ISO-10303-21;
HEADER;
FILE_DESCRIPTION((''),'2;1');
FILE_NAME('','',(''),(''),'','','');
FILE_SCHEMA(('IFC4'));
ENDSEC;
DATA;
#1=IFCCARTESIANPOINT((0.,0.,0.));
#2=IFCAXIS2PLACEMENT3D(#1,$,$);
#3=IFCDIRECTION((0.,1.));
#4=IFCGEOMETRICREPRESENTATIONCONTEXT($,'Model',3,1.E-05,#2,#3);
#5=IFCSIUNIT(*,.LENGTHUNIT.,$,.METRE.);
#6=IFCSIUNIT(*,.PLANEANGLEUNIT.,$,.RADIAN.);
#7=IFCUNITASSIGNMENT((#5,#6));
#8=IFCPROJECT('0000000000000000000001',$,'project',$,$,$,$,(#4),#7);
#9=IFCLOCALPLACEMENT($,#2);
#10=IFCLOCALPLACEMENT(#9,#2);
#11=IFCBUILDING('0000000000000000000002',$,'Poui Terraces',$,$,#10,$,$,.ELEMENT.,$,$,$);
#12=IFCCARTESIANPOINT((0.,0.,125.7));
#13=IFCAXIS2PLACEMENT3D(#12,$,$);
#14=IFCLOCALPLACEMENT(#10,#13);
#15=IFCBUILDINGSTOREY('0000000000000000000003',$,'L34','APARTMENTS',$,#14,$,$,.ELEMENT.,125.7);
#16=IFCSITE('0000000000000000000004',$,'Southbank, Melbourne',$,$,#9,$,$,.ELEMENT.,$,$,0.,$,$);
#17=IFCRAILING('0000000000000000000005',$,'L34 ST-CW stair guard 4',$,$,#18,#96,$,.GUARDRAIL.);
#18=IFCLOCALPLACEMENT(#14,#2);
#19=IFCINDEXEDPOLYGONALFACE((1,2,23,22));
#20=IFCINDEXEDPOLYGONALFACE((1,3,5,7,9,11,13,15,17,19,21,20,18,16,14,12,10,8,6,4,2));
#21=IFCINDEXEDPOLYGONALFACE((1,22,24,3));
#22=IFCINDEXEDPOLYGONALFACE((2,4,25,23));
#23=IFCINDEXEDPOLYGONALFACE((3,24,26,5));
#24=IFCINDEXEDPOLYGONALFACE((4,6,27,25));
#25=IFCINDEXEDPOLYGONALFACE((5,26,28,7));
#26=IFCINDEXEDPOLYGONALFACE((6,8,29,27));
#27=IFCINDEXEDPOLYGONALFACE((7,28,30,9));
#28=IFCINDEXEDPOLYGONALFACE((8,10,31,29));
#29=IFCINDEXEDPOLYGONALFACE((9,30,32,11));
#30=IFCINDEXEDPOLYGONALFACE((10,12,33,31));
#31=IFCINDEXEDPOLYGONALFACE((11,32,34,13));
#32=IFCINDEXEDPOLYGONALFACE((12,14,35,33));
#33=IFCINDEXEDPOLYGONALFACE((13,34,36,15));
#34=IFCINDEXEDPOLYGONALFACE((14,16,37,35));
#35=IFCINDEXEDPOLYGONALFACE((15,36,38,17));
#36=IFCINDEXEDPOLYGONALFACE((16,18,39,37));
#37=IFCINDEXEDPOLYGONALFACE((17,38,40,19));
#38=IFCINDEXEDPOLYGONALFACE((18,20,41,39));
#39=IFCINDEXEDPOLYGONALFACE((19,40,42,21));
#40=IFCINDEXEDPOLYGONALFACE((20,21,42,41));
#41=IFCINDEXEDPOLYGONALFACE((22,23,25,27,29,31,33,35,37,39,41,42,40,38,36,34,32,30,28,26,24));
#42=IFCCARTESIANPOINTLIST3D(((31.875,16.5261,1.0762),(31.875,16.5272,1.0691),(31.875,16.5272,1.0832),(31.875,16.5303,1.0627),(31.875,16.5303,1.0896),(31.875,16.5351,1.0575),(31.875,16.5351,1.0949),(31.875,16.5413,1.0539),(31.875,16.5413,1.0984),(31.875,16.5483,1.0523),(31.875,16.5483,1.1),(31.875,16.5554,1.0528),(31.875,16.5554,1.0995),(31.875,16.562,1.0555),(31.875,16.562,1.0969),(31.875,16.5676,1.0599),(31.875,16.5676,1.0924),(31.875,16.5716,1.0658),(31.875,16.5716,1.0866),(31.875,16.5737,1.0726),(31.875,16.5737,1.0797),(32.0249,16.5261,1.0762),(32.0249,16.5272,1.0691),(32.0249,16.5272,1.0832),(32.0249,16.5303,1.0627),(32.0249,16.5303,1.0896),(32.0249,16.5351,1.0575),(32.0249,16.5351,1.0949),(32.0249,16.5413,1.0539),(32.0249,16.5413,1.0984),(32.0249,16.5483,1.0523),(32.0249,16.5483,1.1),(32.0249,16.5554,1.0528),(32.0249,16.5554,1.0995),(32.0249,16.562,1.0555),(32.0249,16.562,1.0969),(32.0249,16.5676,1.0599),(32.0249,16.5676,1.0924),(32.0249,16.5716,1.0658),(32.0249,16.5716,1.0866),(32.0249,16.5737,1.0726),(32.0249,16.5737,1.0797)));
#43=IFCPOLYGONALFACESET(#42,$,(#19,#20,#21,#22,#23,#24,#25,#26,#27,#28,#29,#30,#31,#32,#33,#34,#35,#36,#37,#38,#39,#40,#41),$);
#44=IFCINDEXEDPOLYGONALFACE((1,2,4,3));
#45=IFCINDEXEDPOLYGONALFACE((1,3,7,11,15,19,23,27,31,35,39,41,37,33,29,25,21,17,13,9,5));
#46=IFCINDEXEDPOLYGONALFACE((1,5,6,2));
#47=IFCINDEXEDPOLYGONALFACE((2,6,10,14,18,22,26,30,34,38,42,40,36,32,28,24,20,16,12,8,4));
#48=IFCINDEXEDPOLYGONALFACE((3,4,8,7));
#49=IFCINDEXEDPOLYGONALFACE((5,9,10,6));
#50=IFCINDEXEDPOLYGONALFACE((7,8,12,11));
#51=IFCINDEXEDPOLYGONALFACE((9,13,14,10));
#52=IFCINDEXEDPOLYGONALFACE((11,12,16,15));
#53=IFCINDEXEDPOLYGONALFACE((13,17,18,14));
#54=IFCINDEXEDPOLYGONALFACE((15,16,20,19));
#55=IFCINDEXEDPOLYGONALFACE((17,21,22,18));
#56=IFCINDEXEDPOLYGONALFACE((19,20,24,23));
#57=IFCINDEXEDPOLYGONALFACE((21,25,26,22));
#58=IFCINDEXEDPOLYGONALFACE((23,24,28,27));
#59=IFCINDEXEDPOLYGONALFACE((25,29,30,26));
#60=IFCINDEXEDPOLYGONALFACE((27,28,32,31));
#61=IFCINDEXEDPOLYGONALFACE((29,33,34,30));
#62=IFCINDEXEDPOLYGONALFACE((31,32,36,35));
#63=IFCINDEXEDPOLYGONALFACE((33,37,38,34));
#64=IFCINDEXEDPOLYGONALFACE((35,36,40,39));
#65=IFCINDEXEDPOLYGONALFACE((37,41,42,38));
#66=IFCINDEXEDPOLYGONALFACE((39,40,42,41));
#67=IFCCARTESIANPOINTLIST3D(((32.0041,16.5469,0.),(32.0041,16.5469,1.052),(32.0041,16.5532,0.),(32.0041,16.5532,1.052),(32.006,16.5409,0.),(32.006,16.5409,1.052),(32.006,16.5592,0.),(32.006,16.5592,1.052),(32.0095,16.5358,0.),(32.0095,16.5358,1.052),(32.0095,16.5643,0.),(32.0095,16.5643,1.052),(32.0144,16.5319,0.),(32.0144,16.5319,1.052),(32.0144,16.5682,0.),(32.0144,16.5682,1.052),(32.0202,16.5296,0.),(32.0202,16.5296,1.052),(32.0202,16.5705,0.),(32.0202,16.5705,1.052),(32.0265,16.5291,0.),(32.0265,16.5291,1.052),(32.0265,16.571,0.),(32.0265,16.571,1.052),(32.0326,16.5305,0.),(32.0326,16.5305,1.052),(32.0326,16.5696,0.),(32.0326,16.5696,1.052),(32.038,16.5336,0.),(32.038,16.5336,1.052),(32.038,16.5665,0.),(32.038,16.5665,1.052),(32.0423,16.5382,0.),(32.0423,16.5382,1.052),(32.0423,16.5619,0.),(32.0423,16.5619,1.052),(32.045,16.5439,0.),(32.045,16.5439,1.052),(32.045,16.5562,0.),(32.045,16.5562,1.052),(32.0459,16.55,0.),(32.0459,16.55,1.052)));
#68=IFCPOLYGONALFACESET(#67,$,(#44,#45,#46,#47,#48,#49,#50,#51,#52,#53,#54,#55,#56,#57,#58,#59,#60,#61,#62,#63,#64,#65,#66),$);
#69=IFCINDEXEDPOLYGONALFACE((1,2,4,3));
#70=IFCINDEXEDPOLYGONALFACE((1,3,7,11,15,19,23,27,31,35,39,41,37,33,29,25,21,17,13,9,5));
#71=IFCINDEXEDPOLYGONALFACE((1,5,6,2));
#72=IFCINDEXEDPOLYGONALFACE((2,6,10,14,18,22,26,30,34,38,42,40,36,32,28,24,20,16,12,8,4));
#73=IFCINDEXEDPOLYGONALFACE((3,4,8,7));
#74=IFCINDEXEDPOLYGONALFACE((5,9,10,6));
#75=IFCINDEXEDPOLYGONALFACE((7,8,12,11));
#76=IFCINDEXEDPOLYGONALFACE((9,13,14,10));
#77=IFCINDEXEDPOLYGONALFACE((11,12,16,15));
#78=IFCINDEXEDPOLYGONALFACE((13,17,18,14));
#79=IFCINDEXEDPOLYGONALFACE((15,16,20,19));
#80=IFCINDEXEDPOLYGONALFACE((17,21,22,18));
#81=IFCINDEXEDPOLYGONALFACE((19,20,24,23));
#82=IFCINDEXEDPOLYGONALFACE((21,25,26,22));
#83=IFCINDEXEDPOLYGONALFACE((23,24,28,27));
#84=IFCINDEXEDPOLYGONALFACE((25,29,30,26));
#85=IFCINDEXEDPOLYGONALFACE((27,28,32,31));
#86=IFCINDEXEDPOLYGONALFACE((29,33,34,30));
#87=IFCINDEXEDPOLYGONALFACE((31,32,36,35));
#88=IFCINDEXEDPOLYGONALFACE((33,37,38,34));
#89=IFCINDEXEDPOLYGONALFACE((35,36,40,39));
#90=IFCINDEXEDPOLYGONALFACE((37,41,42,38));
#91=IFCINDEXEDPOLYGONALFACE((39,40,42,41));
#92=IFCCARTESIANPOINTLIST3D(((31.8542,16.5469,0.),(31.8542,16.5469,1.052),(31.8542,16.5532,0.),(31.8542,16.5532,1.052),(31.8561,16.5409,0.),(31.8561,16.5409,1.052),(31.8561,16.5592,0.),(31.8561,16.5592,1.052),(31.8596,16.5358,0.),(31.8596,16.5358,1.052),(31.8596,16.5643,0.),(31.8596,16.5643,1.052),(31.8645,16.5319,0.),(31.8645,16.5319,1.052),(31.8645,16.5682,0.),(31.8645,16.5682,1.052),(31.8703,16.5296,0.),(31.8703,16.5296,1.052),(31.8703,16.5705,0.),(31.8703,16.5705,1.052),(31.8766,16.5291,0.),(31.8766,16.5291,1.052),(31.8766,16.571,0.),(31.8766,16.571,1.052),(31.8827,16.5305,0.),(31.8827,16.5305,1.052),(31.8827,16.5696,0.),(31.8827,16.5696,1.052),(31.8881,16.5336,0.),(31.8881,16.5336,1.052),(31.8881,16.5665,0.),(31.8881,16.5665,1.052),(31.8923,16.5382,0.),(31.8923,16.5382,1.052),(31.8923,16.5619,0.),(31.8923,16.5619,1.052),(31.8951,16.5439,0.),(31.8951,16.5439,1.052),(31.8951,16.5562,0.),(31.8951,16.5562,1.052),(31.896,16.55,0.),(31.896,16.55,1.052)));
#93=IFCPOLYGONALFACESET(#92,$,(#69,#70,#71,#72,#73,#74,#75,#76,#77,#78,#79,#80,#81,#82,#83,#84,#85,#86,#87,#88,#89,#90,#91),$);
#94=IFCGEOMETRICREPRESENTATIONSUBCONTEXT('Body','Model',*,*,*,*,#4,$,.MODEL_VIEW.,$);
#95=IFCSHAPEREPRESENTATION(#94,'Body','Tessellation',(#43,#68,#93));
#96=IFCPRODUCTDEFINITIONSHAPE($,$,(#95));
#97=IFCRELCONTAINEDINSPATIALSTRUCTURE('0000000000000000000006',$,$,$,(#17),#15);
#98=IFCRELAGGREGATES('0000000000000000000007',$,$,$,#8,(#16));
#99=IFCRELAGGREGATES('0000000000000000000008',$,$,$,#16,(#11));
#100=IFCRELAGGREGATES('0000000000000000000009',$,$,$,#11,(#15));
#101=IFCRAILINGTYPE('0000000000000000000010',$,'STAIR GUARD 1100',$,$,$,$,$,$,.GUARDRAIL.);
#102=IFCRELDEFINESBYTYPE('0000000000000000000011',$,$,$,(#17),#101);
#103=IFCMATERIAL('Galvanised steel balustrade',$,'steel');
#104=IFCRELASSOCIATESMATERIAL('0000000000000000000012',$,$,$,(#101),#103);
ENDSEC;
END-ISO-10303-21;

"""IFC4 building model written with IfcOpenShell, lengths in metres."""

from ifc_helpers import new_model, si_unit, direction, frame, origin, origin_2d, place, context, subcontext, project, spatial, circle, extrude, material, type_object, element, save


model = new_model("IFC4")

# Units and contexts
model_context = context("Model", 3, precision=1e-05, world=origin(), true_north=direction((0.0, 1.0)))
body_context = subcontext(model_context, "Body", "Model", "MODEL_VIEW")
ifc_project = project(units=[si_unit("LENGTHUNIT", "METRE"), si_unit("PLANEANGLEUNIT", "RADIAN")], contexts=[model_context])

# Site, building, storey
site_placement = place(None, origin())
site = spatial("IfcSite", under=ifc_project, at=site_placement, Name="Southbank, Melbourne", CompositionType="ELEMENT", RefElevation=0.0)
building_placement = place(site_placement, origin())
building = spatial("IfcBuilding", under=site, at=building_placement, Name="Poui Terraces", CompositionType="ELEMENT")
storey_placement = place(building_placement, frame((0.0, 0.0, 125.7)))
storey = spatial("IfcBuildingStorey", under=building, at=storey_placement, Name="L34", Description="APARTMENTS", CompositionType="ELEMENT", Elevation=125.7)

# Railing
ifc_material_1 = material(Name="Galvanised steel balustrade", Category="steel")
railing_type_1 = type_object("IfcRailingType", Name="STAIR GUARD 1100", PredefinedType="GUARDRAIL", material=ifc_material_1)
railing_1_placement = place(storey_placement, frame((32.0249, 16.55, 0.0)))
element("IfcRailing", 1, at=railing_1_placement, inside=storey, type_object=railing_type_1, Name="L34 ST-CW stair guard 4", PredefinedType="GUARDRAIL", context=body_context, shape_type="SweptSolid", body=[
    extrude(circle(Radius=0.0239, at=origin_2d()), frame((0.0, 0.0, 1.0762), z_axis=(-1.0, 0.0, 0.0), x_axis=(0.0, -1.0, 0.0)), (0.0, 0.0, 1.0), 0.1499),
    extrude(circle(Radius=0.021, at=origin_2d()), origin(), (0.0, 0.0, 1.0), 1.052),
    extrude(circle(Radius=0.021, at=origin_2d()), frame((-0.1499, 0.0, 0.0)), (0.0, 0.0, 1.0), 1.052),
])

save(model, "model.ifc")
